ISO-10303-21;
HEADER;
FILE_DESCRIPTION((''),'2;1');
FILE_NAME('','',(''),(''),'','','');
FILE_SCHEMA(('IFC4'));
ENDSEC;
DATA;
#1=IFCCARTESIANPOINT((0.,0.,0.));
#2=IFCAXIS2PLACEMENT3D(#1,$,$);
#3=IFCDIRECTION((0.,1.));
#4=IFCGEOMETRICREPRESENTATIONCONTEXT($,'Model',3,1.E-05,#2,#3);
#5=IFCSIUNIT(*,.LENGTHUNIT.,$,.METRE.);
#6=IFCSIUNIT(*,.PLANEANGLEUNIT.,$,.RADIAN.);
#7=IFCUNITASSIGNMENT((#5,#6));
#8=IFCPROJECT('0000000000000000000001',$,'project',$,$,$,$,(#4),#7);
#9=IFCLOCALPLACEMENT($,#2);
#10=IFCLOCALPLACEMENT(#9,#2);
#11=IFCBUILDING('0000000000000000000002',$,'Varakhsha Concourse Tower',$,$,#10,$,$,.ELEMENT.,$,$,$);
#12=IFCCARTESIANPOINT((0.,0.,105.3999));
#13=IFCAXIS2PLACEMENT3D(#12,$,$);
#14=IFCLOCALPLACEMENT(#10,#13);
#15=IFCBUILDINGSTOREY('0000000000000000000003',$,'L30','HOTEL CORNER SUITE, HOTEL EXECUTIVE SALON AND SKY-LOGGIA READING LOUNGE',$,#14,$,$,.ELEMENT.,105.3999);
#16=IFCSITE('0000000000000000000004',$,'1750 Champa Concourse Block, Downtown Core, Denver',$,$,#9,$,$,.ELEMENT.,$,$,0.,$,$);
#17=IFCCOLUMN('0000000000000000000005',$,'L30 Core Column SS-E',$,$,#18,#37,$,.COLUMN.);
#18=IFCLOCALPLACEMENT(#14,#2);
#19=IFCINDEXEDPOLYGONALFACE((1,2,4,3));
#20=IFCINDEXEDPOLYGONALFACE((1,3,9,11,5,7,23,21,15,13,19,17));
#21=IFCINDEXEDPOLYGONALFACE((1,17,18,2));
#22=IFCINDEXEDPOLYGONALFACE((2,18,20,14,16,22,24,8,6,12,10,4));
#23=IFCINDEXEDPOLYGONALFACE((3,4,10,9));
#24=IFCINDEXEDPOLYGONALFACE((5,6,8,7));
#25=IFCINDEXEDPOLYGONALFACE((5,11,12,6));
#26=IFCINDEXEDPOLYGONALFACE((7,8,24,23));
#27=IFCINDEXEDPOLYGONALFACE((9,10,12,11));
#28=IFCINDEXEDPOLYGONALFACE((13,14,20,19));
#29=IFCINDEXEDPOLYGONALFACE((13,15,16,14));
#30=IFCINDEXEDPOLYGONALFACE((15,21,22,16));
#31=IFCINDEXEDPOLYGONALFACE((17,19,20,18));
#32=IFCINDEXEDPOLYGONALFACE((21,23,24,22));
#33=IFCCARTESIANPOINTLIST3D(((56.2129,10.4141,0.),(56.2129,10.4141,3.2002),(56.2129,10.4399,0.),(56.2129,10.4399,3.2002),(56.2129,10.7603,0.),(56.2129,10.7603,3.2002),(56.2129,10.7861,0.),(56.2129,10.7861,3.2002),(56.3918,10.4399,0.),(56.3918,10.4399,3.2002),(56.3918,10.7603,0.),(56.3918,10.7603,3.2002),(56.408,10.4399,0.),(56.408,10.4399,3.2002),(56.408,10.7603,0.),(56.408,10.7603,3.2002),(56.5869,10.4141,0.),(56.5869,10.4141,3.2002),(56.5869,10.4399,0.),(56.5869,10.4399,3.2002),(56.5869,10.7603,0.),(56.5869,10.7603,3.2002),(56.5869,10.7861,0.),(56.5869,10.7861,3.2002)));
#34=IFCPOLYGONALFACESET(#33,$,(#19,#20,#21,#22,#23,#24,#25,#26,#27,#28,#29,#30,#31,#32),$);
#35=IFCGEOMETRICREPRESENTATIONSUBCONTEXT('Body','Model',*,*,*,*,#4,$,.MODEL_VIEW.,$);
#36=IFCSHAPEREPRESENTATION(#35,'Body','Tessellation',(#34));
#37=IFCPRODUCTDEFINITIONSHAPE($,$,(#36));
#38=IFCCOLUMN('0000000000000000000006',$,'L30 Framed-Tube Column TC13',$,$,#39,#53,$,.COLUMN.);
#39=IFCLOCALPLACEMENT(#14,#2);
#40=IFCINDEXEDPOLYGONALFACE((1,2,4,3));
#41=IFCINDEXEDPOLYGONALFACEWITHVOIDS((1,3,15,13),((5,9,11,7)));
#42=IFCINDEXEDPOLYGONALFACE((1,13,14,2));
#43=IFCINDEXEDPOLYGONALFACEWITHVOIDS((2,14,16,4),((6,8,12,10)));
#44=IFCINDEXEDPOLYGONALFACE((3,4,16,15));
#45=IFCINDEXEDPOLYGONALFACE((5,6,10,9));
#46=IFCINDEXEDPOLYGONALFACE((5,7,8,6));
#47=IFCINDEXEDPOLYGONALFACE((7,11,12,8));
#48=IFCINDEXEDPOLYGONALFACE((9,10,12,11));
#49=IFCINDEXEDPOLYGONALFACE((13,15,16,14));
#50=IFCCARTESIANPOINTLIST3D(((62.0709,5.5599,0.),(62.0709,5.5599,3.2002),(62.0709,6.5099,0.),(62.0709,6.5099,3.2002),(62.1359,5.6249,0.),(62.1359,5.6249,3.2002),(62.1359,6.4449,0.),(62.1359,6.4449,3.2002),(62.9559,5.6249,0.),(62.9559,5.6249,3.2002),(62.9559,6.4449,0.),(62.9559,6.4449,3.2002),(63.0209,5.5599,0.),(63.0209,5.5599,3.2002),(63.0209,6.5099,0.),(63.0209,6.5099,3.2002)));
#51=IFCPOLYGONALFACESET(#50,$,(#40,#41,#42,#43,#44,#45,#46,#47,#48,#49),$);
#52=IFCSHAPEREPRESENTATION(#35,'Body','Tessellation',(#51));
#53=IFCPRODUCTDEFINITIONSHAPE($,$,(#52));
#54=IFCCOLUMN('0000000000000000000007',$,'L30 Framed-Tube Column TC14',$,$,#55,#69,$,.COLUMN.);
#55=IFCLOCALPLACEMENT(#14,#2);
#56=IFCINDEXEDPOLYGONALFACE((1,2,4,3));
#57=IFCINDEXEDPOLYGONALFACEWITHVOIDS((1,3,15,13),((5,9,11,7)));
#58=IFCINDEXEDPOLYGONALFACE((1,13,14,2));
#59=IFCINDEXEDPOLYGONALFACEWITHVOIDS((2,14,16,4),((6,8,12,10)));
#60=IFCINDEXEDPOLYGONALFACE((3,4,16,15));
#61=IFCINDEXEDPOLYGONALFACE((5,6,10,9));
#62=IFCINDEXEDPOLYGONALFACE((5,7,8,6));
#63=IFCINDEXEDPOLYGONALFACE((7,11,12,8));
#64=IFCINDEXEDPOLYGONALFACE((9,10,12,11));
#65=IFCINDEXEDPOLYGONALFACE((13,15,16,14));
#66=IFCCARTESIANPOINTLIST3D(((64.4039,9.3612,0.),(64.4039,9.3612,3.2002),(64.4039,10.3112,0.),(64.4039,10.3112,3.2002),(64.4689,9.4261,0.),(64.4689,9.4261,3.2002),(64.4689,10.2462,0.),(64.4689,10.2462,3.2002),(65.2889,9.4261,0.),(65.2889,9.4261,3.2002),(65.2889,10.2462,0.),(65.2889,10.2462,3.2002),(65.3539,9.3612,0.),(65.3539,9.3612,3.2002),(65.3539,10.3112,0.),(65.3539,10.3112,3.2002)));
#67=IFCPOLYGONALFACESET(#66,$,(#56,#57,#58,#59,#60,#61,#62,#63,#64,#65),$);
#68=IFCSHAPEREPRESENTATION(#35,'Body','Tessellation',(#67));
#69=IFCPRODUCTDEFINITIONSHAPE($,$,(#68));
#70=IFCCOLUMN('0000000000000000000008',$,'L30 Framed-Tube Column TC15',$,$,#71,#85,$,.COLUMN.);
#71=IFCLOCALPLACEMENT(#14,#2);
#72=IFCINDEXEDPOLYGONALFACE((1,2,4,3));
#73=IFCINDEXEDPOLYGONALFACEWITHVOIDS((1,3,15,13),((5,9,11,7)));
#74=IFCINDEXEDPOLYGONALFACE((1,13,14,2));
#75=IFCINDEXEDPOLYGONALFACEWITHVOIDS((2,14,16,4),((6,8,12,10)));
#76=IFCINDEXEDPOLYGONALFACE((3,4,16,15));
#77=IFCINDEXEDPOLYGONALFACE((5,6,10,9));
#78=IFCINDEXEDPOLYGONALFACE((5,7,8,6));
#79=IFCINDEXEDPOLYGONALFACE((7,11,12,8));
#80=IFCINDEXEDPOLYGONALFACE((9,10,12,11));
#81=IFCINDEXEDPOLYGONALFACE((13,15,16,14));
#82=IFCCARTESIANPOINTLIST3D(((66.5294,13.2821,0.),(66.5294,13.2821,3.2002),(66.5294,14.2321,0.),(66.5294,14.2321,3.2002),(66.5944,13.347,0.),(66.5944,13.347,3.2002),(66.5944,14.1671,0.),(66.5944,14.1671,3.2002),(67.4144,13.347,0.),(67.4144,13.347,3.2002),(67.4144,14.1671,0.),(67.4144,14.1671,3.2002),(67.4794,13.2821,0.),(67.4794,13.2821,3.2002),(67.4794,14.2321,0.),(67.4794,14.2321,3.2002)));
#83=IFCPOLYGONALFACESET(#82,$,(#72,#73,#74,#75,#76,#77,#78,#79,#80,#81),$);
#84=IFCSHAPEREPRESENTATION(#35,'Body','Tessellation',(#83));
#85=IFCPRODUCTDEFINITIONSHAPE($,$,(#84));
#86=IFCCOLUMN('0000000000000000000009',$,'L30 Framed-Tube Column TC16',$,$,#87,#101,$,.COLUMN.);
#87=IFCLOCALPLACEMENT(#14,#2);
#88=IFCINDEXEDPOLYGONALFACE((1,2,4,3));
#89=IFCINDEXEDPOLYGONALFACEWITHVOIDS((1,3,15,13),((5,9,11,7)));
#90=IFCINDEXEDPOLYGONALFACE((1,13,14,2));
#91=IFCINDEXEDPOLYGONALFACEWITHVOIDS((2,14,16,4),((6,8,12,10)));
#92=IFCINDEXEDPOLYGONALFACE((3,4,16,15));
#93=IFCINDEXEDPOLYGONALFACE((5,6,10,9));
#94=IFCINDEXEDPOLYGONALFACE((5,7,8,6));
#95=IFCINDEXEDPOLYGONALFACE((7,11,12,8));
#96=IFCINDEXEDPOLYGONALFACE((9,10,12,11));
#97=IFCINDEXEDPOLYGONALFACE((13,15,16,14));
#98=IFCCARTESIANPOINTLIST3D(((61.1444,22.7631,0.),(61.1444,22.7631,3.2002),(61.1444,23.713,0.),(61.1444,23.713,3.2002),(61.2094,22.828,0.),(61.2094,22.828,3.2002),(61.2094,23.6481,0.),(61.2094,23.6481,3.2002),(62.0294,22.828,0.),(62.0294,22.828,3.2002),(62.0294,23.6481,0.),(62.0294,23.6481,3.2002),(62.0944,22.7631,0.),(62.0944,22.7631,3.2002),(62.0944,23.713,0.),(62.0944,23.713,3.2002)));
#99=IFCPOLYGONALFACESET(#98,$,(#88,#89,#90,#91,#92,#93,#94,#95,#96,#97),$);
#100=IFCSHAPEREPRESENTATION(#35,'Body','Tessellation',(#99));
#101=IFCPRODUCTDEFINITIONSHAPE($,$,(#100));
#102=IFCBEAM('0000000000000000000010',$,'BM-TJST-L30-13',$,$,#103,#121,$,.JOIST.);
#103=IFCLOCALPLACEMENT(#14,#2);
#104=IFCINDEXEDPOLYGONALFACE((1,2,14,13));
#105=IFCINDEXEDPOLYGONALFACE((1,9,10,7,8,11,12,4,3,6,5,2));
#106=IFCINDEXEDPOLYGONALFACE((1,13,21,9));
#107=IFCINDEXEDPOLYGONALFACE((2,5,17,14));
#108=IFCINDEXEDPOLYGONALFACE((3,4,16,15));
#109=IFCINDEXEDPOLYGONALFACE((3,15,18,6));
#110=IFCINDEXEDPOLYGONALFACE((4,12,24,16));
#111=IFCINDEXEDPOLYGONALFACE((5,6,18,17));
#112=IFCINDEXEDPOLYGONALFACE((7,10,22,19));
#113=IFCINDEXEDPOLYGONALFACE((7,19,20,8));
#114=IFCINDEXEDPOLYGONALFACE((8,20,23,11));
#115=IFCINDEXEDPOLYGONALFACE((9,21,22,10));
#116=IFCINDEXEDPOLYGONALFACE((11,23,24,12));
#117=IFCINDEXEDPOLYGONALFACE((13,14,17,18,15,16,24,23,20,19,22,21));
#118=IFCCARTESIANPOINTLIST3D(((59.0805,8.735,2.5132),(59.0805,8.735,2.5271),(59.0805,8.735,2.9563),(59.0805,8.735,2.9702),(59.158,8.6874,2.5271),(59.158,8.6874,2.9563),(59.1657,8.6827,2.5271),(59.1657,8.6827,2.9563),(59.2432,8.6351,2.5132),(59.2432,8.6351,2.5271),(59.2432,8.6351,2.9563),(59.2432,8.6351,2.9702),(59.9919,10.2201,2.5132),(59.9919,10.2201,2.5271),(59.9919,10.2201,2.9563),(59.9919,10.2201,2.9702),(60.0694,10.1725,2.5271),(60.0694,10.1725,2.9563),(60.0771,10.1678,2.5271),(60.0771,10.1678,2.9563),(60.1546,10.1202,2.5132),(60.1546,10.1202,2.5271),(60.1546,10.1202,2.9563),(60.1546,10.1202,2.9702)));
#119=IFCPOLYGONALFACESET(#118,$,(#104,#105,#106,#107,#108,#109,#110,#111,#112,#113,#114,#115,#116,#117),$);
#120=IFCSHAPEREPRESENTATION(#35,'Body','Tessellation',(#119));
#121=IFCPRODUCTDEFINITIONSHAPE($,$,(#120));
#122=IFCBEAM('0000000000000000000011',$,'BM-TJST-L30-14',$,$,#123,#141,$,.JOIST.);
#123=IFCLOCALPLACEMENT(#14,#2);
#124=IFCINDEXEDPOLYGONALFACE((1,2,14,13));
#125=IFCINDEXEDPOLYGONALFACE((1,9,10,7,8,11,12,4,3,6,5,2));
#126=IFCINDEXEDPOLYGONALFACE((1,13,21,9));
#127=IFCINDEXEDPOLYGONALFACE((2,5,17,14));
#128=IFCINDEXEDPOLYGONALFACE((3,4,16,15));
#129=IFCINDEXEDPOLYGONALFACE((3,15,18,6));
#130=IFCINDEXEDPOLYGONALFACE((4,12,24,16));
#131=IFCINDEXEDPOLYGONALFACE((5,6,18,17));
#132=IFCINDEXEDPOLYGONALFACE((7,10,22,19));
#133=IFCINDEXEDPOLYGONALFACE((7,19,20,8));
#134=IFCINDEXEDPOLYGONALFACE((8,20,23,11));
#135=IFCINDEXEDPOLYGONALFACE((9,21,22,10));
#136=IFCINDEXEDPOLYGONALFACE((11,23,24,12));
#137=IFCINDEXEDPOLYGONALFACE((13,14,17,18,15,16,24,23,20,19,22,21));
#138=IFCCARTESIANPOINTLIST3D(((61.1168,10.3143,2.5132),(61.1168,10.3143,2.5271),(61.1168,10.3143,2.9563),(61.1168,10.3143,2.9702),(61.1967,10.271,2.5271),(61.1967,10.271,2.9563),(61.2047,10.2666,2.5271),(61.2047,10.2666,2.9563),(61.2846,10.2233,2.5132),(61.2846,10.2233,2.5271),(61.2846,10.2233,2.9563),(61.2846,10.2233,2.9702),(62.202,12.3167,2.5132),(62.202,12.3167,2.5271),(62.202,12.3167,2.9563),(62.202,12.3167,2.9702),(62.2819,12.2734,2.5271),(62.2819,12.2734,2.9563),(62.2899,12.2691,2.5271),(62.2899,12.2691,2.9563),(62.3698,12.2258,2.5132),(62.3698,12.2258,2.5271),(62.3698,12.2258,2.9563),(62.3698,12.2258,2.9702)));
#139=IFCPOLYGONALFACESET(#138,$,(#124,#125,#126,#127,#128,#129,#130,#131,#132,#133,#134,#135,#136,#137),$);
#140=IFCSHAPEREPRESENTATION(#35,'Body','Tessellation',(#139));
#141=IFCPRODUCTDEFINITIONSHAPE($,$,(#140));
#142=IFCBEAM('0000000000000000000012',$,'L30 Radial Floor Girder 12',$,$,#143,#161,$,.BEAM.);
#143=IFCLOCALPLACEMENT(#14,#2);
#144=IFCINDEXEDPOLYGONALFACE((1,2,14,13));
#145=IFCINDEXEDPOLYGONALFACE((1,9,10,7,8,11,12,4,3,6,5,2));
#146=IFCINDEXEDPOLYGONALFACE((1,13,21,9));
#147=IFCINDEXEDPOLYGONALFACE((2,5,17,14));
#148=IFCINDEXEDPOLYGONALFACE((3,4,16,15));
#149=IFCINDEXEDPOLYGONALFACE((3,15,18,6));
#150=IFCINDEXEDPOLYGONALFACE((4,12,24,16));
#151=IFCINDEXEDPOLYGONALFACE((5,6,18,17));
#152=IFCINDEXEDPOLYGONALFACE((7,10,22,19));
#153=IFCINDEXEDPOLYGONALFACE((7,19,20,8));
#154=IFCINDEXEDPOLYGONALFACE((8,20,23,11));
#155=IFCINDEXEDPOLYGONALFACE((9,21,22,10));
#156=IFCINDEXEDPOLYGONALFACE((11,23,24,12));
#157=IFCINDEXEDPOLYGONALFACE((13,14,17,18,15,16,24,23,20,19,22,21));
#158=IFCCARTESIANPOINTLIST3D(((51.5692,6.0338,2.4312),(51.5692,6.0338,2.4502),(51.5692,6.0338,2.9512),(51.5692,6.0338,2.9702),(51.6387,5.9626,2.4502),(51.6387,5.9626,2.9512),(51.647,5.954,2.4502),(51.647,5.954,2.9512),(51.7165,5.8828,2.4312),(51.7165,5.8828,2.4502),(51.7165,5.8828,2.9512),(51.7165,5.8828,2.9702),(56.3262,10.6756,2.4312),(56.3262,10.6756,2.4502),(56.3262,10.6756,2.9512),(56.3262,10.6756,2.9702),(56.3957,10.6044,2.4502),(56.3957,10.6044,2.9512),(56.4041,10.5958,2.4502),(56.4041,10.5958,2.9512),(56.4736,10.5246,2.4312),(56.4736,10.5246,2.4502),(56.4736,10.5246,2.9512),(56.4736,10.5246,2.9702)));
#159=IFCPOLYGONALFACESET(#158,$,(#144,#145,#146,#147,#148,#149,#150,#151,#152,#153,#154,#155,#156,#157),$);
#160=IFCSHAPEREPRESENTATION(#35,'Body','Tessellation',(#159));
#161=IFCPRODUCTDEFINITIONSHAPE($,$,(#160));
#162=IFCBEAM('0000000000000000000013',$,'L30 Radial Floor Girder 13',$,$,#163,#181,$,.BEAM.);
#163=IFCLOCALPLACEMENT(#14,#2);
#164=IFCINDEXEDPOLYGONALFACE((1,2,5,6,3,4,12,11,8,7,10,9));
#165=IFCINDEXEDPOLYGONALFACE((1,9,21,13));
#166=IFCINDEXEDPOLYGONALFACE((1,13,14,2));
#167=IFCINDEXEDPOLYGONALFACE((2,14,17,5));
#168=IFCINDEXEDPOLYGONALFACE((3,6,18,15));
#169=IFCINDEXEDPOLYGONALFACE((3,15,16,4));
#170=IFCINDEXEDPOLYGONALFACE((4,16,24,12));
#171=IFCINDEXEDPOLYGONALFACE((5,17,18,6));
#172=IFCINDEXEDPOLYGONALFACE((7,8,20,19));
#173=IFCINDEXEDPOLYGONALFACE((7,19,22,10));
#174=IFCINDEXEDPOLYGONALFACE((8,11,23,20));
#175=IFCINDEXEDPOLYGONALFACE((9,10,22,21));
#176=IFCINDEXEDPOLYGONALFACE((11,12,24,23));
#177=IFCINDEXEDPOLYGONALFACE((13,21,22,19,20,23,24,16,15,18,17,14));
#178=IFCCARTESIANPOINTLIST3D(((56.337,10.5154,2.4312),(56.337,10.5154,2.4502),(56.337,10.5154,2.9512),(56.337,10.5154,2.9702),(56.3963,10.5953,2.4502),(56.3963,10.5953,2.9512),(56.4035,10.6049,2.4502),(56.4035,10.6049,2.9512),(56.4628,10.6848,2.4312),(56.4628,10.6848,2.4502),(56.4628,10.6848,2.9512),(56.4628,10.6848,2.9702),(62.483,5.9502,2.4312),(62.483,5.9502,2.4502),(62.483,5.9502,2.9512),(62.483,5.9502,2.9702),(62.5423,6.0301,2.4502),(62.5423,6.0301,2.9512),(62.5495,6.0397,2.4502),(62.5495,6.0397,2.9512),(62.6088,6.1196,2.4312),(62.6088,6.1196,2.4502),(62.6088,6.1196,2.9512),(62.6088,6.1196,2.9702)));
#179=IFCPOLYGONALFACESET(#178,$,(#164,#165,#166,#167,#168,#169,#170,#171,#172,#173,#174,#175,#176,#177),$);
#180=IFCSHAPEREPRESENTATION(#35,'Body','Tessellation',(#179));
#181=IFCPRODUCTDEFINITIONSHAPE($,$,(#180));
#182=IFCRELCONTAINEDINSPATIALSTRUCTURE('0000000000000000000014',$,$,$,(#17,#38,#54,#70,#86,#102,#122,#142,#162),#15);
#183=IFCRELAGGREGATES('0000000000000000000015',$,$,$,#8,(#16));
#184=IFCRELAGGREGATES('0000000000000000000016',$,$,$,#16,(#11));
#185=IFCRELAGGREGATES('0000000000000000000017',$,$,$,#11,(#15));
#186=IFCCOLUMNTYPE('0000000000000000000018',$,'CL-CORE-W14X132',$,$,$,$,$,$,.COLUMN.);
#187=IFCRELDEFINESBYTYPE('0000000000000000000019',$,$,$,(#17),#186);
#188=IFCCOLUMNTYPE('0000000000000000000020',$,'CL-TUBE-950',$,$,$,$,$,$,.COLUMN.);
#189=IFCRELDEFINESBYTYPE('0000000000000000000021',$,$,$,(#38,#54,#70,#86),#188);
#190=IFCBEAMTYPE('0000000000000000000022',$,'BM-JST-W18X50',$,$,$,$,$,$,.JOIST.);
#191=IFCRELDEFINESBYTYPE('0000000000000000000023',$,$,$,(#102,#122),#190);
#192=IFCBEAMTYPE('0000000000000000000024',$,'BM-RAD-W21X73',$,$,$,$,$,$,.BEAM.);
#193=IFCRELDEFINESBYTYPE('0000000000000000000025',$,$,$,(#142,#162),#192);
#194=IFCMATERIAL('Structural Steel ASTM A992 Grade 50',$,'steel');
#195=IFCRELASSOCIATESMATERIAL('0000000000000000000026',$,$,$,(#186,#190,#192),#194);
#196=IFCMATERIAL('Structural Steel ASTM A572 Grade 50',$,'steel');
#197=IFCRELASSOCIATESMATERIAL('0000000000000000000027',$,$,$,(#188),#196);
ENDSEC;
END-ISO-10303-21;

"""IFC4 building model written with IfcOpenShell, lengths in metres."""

from ifc_helpers import new_model, si_unit, direction, frame, origin, origin_2d, place, context, subcontext, project, spatial, hollow_rectangle, i_section, extrude, material, material_profile, profile_set, type_object, element, save


model = new_model("IFC4")

# Units and contexts
model_context = context("Model", 3, precision=1e-05, world=origin(), true_north=direction((0.0, 1.0)))
body_context = subcontext(model_context, "Body", "Model", "MODEL_VIEW")
ifc_project = project(units=[si_unit("LENGTHUNIT", "METRE"), si_unit("PLANEANGLEUNIT", "RADIAN")], contexts=[model_context])

# Site, building, storey
site_placement = place(None, origin())
site = spatial("IfcSite", under=ifc_project, at=site_placement, Name="1750 Champa Concourse Block, Downtown Core, Denver", CompositionType="ELEMENT", RefElevation=0.0)
building_placement = place(site_placement, origin())
building = spatial("IfcBuilding", under=site, at=building_placement, Name="Varakhsha Concourse Tower", CompositionType="ELEMENT")
storey_placement = place(building_placement, frame((0.0, 0.0, 105.3999)))
storey = spatial("IfcBuildingStorey", under=building, at=storey_placement, Name="L30", Description="HOTEL CORNER SUITE, HOTEL EXECUTIVE SALON AND SKY-LOGGIA READING LOUNGE", CompositionType="ELEMENT", Elevation=105.3999)

# Columns
ifc_material_1 = material(Name="Structural Steel ASTM A992 Grade 50", Category="steel")
ifc_material_profile_1 = material_profile(ifc_material_1, i_section(OverallWidth=0.374, OverallDepth=0.3721, WebThickness=0.0161, FlangeThickness=0.0259, at=origin_2d()), Name="W14X132")
ifc_profile_set_1 = profile_set([ifc_material_profile_1], Name="Structural Steel ASTM A992 Grade 50")
column_type_1 = type_object("IfcColumnType", Name="CL-CORE-W14X132", PredefinedType="COLUMN", material=ifc_profile_set_1)
column_placement = place(storey_placement, frame((56.3999, 10.6001, 0.0), z_axis=(0.0, 0.0, 1.0), x_axis=(1.0, 0.0, 0.0)))
element("IfcColumn", 1, at=column_placement, inside=storey, type_object=column_type_1, Name="L30 Core Column SS-E", PredefinedType="COLUMN", context=body_context, shape_type="SweptSolid", body=[
    extrude(i_section(OverallWidth=0.374, OverallDepth=0.3721, WebThickness=0.0161, FlangeThickness=0.0259, at=origin_2d()), origin(), (0.0, 0.0, 1.0), 3.2002),
])
ifc_material_2 = material(Name="Structural Steel ASTM A572 Grade 50", Category="steel")
ifc_material_profile_2 = material_profile(ifc_material_2, hollow_rectangle(XDim=0.95, YDim=0.95, WallThickness=0.0649, at=origin_2d()), Name="BOX 950x950x65")
ifc_profile_set_2 = profile_set([ifc_material_profile_2], Name="Structural Steel ASTM A572 Grade 50")
column_type_2 = type_object("IfcColumnType", Name="CL-TUBE-950", PredefinedType="COLUMN", material=ifc_profile_set_2)
for number, where, z_axis, x_axis, name in (
    (2, (62.5459, 6.0349, 0.0), (0.0, 0.0, 1.0), (1.0, 0.0, 0.0), "L30 Framed-Tube Column TC13"),
    (3, (64.8789, 9.8362, 0.0), (0.0, 0.0, 1.0), (1.0, 0.0, 0.0), "L30 Framed-Tube Column TC14"),
    (4, (67.0044, 13.7571, 0.0), (0.0, 0.0, 1.0), (1.0, 0.0, 0.0), "L30 Framed-Tube Column TC15"),
    (5, (61.6194, 23.238, 0.0), (0.0, 0.0, 1.0), (1.0, 0.0, 0.0), "L30 Framed-Tube Column TC16"),
):
    element("IfcColumn", number, at=place(storey_placement, frame(where, z_axis=z_axis, x_axis=x_axis)), inside=storey, type_object=column_type_2, Name=name, PredefinedType="COLUMN", context=body_context, shape_type="SweptSolid", body=[
        extrude(hollow_rectangle(XDim=0.95, YDim=0.95, WallThickness=0.0649, at=origin_2d()), origin(), (0.0, 0.0, 1.0), 3.2002),
    ])

# Beams
ifc_material_profile_3 = material_profile(ifc_material_1, i_section(OverallWidth=0.1909, OverallDepth=0.457, WebThickness=0.009, FlangeThickness=0.0139, at=origin_2d()), Name="W18X50")
ifc_profile_set_3 = profile_set([ifc_material_profile_3], Name="Structural Steel ASTM A992 Grade 50")
beam_type_1 = type_object("IfcBeamType", Name="BM-JST-W18X50", PredefinedType="JOIST", material=ifc_profile_set_3)
beam_1_placement = place(storey_placement, frame((59.1619, 8.6851, 2.7417), z_axis=(0.523042, 0.852307, 0.0), x_axis=(-0.852307, 0.523042, 0.0)))
element("IfcBeam", 6, at=beam_1_placement, inside=storey, type_object=beam_type_1, Name="BM-TJST-L30-13", PredefinedType="JOIST", context=body_context, shape_type="SweptSolid", body=[
    extrude(i_section(OverallWidth=0.1909, OverallDepth=0.457, WebThickness=0.009, FlangeThickness=0.0139, at=origin_2d()), origin(), (0.0, 0.0, 1.0), 1.7424),
])
beam_2_placement = place(storey_placement, frame((61.2007, 10.2688, 2.7417), z_axis=(0.47647, 0.879191, 0.0), x_axis=(-0.879191, 0.47647, 0.0)))
element("IfcBeam", 7, at=beam_2_placement, inside=storey, type_object=beam_type_1, Name="BM-TJST-L30-14", PredefinedType="JOIST", context=body_context, shape_type="SweptSolid", body=[
    extrude(i_section(OverallWidth=0.1909, OverallDepth=0.457, WebThickness=0.009, FlangeThickness=0.0139, at=origin_2d()), origin(), (0.0, 0.0, 1.0), 2.2776),
])
ifc_material_profile_4 = material_profile(ifc_material_1, i_section(OverallWidth=0.2109, OverallDepth=0.5391, WebThickness=0.012, FlangeThickness=0.019, at=origin_2d()), Name="W21X73")
ifc_profile_set_4 = profile_set([ifc_material_profile_4], Name="Structural Steel ASTM A992 Grade 50")
beam_type_2 = type_object("IfcBeamType", Name="BM-RAD-W21X73", PredefinedType="BEAM", material=ifc_profile_set_4)
beam_3_placement = place(storey_placement, frame((56.3999, 10.6001, 2.7007), z_axis=(-0.715722, -0.698385, 0.0), x_axis=(0.698385, -0.715722, 0.0)))
element("IfcBeam", 8, at=beam_3_placement, inside=storey, type_object=beam_type_2, Name="L30 Radial Floor Girder 12", PredefinedType="BEAM", context=body_context, shape_type="SweptSolid", body=[
    extrude(i_section(OverallWidth=0.2109, OverallDepth=0.5391, WebThickness=0.012, FlangeThickness=0.019, at=origin_2d()), origin(), (0.0, 0.0, 1.0), 6.6465),
])
beam_4_placement = place(storey_placement, frame((56.3999, 10.6001, 2.7007), z_axis=(0.80277, -0.596289, 0.0), x_axis=(0.596289, 0.80277, 0.0)))
element("IfcBeam", 9, at=beam_4_placement, inside=storey, type_object=beam_type_2, Name="L30 Radial Floor Girder 13", PredefinedType="BEAM", context=body_context, shape_type="SweptSolid", body=[
    extrude(i_section(OverallWidth=0.2109, OverallDepth=0.5391, WebThickness=0.012, FlangeThickness=0.019, at=origin_2d()), origin(), (0.0, 0.0, 1.0), 7.656),
])

save(model, "model.ifc")
